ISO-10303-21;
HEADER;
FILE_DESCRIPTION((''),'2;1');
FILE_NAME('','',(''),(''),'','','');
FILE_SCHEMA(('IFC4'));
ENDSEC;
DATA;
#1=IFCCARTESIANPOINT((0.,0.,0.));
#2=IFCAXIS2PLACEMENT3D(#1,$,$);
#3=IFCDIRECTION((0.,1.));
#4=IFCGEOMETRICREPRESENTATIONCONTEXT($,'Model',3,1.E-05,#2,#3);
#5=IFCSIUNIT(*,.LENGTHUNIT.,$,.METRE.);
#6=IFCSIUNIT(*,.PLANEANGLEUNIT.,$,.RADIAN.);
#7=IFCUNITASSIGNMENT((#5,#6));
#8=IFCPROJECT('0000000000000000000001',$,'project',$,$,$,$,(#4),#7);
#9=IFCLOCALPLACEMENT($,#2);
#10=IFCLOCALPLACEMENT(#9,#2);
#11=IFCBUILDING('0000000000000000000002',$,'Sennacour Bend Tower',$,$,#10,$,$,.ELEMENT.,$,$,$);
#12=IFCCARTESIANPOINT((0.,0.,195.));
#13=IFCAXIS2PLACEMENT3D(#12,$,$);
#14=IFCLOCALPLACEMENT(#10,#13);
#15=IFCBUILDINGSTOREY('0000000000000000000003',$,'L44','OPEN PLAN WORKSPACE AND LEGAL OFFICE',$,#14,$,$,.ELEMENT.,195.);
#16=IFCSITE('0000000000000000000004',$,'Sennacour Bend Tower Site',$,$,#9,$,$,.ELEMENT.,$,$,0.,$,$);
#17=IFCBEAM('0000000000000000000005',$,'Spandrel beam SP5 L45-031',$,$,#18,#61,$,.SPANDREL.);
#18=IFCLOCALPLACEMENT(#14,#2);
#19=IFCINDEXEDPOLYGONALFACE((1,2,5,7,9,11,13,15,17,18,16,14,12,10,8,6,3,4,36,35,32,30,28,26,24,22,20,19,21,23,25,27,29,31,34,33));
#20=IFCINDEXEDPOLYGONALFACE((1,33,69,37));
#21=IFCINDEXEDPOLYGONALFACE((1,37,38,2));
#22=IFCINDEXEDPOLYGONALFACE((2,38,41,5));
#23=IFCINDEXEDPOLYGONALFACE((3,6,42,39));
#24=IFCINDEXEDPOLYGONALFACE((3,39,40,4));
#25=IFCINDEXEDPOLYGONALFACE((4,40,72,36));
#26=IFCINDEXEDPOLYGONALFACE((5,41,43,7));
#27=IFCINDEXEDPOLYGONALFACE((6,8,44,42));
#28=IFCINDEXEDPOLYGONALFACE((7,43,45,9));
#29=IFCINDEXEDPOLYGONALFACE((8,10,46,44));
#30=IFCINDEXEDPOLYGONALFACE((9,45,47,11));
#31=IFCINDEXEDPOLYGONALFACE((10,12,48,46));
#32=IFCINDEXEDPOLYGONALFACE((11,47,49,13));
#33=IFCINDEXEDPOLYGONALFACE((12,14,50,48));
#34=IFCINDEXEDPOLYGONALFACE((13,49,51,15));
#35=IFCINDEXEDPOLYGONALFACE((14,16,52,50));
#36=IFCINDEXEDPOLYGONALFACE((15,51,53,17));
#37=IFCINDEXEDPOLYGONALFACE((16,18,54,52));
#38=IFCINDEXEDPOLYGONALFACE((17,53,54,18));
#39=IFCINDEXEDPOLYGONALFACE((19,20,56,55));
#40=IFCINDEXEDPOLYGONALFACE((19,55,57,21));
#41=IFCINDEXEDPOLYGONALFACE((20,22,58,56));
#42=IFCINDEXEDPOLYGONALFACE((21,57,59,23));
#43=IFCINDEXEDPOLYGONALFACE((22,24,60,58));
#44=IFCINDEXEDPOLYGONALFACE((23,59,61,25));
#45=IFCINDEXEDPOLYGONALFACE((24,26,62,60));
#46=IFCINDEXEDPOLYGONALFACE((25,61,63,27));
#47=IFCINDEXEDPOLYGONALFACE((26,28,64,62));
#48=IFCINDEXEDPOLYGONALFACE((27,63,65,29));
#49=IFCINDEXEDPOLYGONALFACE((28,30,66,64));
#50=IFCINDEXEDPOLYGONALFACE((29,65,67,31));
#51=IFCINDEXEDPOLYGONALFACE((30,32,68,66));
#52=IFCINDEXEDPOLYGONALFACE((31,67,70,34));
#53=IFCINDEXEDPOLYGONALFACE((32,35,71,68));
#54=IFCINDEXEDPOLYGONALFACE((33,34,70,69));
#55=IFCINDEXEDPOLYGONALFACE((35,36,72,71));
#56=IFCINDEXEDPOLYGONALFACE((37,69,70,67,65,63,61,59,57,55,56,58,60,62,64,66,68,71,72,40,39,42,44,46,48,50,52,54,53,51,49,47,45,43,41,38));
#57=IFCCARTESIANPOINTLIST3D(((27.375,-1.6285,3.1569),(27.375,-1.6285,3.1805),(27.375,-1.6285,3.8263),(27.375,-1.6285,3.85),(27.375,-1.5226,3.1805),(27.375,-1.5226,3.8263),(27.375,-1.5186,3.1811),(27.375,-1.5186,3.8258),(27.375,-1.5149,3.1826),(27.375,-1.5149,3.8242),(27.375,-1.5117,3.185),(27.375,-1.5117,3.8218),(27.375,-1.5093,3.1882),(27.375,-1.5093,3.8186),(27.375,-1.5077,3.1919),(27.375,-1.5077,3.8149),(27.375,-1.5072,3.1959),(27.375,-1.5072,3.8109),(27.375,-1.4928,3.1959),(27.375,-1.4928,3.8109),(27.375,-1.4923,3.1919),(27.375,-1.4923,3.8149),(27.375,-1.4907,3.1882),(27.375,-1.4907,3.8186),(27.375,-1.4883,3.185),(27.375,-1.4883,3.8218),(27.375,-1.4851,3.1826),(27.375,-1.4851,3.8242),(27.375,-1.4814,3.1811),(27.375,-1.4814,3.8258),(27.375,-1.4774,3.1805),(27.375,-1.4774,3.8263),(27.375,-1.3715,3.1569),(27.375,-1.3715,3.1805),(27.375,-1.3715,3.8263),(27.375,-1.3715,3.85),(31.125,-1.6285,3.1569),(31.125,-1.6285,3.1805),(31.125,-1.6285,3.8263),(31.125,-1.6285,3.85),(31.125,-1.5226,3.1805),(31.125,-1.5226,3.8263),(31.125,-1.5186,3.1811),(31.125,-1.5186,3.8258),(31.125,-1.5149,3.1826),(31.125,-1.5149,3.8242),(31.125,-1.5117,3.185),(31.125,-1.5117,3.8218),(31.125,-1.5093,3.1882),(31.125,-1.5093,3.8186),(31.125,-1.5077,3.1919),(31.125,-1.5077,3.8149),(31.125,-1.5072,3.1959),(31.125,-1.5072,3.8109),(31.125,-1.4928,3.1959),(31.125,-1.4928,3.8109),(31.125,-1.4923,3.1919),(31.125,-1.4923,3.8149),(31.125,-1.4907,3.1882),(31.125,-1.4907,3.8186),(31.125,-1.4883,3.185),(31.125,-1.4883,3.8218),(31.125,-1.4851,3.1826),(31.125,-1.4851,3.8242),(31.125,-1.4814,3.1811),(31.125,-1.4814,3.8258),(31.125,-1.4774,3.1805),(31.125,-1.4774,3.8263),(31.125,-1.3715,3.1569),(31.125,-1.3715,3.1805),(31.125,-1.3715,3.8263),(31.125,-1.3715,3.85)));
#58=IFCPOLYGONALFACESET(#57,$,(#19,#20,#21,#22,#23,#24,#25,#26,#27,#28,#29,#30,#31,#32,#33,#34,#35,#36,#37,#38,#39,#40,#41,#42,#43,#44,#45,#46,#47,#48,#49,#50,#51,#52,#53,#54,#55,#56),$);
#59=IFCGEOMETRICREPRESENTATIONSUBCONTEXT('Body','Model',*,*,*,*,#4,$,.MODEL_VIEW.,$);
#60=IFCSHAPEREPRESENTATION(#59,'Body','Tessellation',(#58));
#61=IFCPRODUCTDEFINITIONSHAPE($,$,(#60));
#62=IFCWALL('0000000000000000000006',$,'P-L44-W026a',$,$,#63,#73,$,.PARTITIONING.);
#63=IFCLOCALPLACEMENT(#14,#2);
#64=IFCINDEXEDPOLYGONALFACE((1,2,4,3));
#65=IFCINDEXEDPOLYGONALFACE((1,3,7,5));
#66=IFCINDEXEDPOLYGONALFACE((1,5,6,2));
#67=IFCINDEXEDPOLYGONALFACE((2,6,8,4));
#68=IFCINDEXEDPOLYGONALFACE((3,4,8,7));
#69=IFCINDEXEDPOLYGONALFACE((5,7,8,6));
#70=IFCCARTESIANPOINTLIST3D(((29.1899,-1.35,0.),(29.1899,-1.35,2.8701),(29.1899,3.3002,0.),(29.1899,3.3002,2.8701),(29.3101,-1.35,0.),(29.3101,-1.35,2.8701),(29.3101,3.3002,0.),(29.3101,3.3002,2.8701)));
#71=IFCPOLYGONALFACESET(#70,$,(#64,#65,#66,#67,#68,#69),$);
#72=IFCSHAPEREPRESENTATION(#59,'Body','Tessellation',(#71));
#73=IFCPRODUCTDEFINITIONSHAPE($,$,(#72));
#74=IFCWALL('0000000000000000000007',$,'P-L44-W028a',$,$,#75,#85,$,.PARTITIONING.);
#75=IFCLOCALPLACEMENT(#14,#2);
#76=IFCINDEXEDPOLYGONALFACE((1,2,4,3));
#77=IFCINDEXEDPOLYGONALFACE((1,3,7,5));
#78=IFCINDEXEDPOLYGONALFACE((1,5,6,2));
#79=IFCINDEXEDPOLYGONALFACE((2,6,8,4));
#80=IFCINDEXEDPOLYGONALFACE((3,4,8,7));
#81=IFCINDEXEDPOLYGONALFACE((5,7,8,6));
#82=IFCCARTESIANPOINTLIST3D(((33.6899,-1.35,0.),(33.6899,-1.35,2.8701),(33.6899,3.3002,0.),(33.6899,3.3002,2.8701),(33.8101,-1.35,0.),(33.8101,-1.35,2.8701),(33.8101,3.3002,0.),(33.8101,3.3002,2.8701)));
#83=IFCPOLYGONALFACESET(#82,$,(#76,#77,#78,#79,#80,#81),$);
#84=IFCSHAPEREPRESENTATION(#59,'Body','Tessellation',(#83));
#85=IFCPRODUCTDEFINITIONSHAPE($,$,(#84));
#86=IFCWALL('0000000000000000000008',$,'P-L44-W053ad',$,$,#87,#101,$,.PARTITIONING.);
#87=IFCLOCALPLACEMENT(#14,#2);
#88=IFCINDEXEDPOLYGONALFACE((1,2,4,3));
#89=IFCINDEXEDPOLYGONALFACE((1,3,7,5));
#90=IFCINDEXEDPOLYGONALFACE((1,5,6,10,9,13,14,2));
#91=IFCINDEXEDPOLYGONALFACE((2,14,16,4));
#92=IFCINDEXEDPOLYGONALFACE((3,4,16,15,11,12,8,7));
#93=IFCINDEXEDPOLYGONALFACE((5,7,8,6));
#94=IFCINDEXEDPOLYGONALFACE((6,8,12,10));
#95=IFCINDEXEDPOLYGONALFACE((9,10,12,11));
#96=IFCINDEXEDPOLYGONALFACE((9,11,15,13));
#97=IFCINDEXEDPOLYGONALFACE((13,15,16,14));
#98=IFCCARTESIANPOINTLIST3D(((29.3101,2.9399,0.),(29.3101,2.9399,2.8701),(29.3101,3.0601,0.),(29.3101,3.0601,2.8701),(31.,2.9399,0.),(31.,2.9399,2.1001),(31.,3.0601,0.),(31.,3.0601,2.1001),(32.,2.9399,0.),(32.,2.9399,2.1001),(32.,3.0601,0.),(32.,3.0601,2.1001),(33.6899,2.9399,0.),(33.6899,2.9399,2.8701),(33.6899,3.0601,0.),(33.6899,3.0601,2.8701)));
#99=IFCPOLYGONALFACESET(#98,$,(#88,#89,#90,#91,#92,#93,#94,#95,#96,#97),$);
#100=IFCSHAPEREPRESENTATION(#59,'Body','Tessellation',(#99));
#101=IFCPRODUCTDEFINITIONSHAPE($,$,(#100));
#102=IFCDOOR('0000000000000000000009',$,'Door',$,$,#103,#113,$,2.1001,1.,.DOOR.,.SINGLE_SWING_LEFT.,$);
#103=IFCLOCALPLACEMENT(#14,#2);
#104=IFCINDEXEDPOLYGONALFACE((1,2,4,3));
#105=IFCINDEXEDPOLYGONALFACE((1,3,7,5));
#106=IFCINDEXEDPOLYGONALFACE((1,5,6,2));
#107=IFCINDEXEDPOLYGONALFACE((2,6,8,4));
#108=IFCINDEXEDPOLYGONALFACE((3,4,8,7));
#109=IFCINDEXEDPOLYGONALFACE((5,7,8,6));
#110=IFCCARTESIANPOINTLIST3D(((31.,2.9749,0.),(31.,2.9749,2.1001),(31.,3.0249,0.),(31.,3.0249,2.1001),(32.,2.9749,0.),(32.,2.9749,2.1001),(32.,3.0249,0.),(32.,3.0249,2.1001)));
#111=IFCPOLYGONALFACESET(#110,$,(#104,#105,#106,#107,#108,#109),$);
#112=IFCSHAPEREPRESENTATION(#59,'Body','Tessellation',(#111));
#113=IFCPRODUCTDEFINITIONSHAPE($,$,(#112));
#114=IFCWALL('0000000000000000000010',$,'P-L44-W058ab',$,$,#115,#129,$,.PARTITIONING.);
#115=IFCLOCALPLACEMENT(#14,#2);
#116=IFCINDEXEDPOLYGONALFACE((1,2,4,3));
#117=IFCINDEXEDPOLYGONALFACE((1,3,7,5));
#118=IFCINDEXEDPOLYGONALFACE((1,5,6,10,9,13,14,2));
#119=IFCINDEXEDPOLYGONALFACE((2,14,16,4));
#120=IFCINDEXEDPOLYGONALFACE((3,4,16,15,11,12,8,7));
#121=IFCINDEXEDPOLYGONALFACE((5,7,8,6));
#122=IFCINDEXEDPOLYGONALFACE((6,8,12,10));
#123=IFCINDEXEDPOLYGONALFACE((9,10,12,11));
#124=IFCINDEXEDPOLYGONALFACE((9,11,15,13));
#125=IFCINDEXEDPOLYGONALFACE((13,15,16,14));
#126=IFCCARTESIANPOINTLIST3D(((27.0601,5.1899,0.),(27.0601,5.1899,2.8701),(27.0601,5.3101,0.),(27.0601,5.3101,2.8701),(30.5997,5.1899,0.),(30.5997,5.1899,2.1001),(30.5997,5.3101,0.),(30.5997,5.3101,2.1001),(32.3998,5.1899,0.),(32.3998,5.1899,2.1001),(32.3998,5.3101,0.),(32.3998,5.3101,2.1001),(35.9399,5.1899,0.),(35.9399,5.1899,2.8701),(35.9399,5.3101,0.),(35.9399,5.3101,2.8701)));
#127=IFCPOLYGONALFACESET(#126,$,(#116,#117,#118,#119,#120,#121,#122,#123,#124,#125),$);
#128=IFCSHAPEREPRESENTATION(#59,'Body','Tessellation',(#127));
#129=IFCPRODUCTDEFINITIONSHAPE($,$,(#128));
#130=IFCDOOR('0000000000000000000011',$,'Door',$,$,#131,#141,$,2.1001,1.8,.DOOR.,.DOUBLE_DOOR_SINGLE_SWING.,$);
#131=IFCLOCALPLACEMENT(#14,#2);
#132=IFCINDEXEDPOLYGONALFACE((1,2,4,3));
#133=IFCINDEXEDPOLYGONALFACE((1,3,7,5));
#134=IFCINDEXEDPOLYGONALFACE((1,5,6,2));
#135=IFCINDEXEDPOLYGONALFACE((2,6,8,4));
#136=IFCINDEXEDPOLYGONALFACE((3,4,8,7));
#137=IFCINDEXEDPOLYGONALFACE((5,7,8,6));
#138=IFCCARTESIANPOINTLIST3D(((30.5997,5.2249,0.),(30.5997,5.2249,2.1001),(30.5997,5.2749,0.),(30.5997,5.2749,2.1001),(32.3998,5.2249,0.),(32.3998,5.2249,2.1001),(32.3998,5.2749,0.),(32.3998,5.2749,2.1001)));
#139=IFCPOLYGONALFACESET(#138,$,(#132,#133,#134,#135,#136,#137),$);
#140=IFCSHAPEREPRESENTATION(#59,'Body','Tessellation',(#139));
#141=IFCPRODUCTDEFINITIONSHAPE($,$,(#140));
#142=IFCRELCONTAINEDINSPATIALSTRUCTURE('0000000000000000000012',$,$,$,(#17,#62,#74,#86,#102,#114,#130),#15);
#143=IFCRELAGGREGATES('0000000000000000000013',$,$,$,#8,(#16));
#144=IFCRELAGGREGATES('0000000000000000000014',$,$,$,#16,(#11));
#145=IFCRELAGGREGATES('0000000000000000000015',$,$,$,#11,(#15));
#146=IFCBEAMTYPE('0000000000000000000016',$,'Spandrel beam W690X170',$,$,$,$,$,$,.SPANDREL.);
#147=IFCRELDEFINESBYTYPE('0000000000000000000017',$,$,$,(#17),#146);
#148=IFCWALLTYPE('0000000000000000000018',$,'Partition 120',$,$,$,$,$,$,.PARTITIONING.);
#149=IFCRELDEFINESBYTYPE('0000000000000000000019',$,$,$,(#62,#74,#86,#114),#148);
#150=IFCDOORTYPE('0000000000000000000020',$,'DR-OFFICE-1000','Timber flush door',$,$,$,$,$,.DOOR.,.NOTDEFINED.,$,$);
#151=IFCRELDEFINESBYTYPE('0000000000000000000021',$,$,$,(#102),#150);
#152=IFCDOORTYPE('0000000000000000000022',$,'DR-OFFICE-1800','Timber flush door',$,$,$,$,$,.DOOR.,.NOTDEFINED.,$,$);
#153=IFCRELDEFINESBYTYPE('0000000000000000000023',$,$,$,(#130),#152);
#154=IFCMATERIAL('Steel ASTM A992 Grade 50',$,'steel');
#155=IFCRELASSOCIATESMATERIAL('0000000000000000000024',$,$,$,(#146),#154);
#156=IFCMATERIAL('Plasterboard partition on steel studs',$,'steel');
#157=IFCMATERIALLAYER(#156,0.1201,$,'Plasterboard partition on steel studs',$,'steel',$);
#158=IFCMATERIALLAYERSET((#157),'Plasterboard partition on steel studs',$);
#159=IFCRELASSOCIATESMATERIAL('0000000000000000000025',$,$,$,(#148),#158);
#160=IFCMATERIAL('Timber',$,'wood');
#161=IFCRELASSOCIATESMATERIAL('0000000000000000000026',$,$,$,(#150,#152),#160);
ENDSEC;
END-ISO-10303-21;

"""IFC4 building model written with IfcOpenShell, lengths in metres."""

from ifc_helpers import new_model, si_unit, direction, frame, frame_2d, origin, origin_2d, place, context, subcontext, project, spatial, rectangle, i_section, extrude, material, layer, layer_set, material_profile, profile_set, type_object, element, fill, save


model = new_model("IFC4")

# Units and contexts
model_context = context("Model", 3, precision=1e-05, world=origin(), true_north=direction((0.0, 1.0)))
body_context = subcontext(model_context, "Body", "Model", "MODEL_VIEW")
ifc_project = project(units=[si_unit("LENGTHUNIT", "METRE"), si_unit("PLANEANGLEUNIT", "RADIAN")], contexts=[model_context])

# Site, building, storey
site_placement = place(None, origin())
site = spatial("IfcSite", under=ifc_project, at=site_placement, Name="Sennacour Bend Tower Site", CompositionType="ELEMENT", RefElevation=0.0)
building_placement = place(site_placement, origin())
building = spatial("IfcBuilding", under=site, at=building_placement, Name="Sennacour Bend Tower", CompositionType="ELEMENT")
storey_placement = place(building_placement, frame((0.0, 0.0, 195.0)))
storey = spatial("IfcBuildingStorey", under=building, at=storey_placement, Name="L44", Description="OPEN PLAN WORKSPACE AND LEGAL OFFICE", CompositionType="ELEMENT", Elevation=195.0)

# Beam
ifc_material_1 = material(Name="Steel ASTM A992 Grade 50", Category="steel")
ifc_material_profile_1 = material_profile(ifc_material_1, i_section(OverallWidth=0.2571, OverallDepth=0.6931, WebThickness=0.0144, FlangeThickness=0.0237, FilletRadius=0.0154, at=origin_2d()), Name="Steel ASTM A992 Grade 50", Category="steel")
ifc_profile_set_1 = profile_set([ifc_material_profile_1], Name="Steel ASTM A992 Grade 50")
beam_type_1 = type_object("IfcBeamType", Name="Spandrel beam W690X170", PredefinedType="SPANDREL", material=ifc_profile_set_1)
beam_1_placement = place(storey_placement, frame((31.125, -1.5, 3.5034), z_axis=(-1.0, 0.0, 0.0), x_axis=(0.0, -1.0, 0.0)))
element("IfcBeam", 1, at=beam_1_placement, inside=storey, type_object=beam_type_1, Name="Spandrel beam SP5 L45-031", PredefinedType="SPANDREL", context=body_context, shape_type="SweptSolid", body=[
    extrude(i_section(OverallWidth=0.2571, OverallDepth=0.6931, WebThickness=0.0144, FlangeThickness=0.0237, FilletRadius=0.0154, at=origin_2d()), origin(), (0.0, 0.0, 1.0), 3.75),
])

# Walls
ifc_material_2 = material(Name="Plasterboard partition on steel studs", Category="steel")
ifc_layer_1 = layer(ifc_material_2, 0.1201, Name="Plasterboard partition on steel studs", Category="steel")
ifc_layer_set_1 = layer_set([ifc_layer_1], Name="Plasterboard partition on steel studs")
wall_type_1 = type_object("IfcWallType", Name="Partition 120", PredefinedType="PARTITIONING", material=ifc_layer_set_1)
for number, where, z_axis, x_axis, name in (
    (2, (29.25, -1.3501, 0.0), (0.0, 0.0, 1.0), (0.0, 1.0, 0.0), "P-L44-W026a"),
    (3, (33.75, -1.3501, 0.0), (0.0, 0.0, 1.0), (0.0, 1.0, 0.0), "P-L44-W028a"),
):
    element("IfcWall", number, at=place(storey_placement, frame(where, z_axis=z_axis, x_axis=x_axis)), inside=storey, type_object=wall_type_1, Name=name, PredefinedType="PARTITIONING", context=body_context, shape_type="SweptSolid", body=[
        extrude(rectangle(XDim=4.6501, YDim=0.1201, at=frame_2d((2.3252, 0.0))), origin(), (0.0, 0.0, 1.0), 2.8701),
    ])

# Walls, openings, doors
wall_1_placement = place(storey_placement, frame((29.3101, 3.0, 0.0), z_axis=(0.0, 0.0, 1.0), x_axis=(1.0, 0.0, 0.0)))
wall_1 = element("IfcWall", 4, at=wall_1_placement, inside=storey, type_object=wall_type_1, Name="P-L44-W053ad", PredefinedType="PARTITIONING", context=body_context, shape_type="SweptSolid", body=[
    extrude(rectangle(XDim=4.3799, YDim=0.1201, at=frame_2d((2.1899, 0.0))), origin(), (0.0, 0.0, 1.0), 2.8701),
])
opening_1_placement = place(wall_1_placement, frame((1.6899, 0.0, 0.0)))
opening_1 = element("IfcOpeningElement", 5, at=opening_1_placement, cuts=wall_1, PredefinedType="OPENING", context=body_context, shape_type="SweptSolid", body=[
    extrude(rectangle(XDim=1.0, YDim=2.1001, at=frame_2d((0.5, 1.05))), frame((0.0, 0.0701, 0.0), z_axis=(0.0, -1.0, 0.0), x_axis=(1.0, 0.0, 0.0)), (0.0, 0.0, 1.0), 0.1401),
])
ifc_material_3 = material(Name="Timber", Category="wood")
door_type_1 = type_object("IfcDoorType", Name="DR-OFFICE-1000", Description="Timber flush door", OperationType="NOTDEFINED", PredefinedType="DOOR", material=ifc_material_3)
door_1_placement = place(opening_1_placement, origin())
door_1 = element("IfcDoor", 6, at=door_1_placement, inside=storey, type_object=door_type_1, Name="Door", OperationType="SINGLE_SWING_LEFT", OverallHeight=2.1001, OverallWidth=1.0, PredefinedType="DOOR", context=body_context, shape_type="SweptSolid", body=[
    extrude(rectangle(XDim=1.0, YDim=2.1001, at=frame_2d((0.5, 1.05))), frame((0.0, 0.0249, 0.0), z_axis=(0.0, -1.0, 0.0), x_axis=(1.0, 0.0, 0.0)), (0.0, 0.0, 1.0), 0.05),
])
fill(opening_1, door_1)
wall_2_placement = place(storey_placement, frame((27.0601, 5.25, 0.0), z_axis=(0.0, 0.0, 1.0), x_axis=(1.0, 0.0, 0.0)))
wall_2 = element("IfcWall", 7, at=wall_2_placement, inside=storey, type_object=wall_type_1, Name="P-L44-W058ab", PredefinedType="PARTITIONING", context=body_context, shape_type="SweptSolid", body=[
    extrude(rectangle(XDim=8.8799, YDim=0.1201, at=frame_2d((4.4399, 0.0))), origin(), (0.0, 0.0, 1.0), 2.8701),
])
opening_2_placement = place(wall_2_placement, frame((3.5398, 0.0, 0.0)))
opening_2 = element("IfcOpeningElement", 8, at=opening_2_placement, cuts=wall_2, PredefinedType="OPENING", context=body_context, shape_type="SweptSolid", body=[
    extrude(rectangle(XDim=1.8, YDim=2.1001, at=frame_2d((0.8999, 1.05))), frame((0.0, 0.0701, 0.0), z_axis=(0.0, -1.0, 0.0), x_axis=(1.0, 0.0, 0.0)), (0.0, 0.0, 1.0), 0.1401),
])
door_type_2 = type_object("IfcDoorType", Name="DR-OFFICE-1800", Description="Timber flush door", OperationType="NOTDEFINED", PredefinedType="DOOR", material=ifc_material_3)
door_2_placement = place(opening_2_placement, origin())
door_2 = element("IfcDoor", 9, at=door_2_placement, inside=storey, type_object=door_type_2, Name="Door", OperationType="DOUBLE_DOOR_SINGLE_SWING", OverallHeight=2.1001, OverallWidth=1.8, PredefinedType="DOOR", context=body_context, shape_type="SweptSolid", body=[
    extrude(rectangle(XDim=1.8, YDim=2.1001, at=frame_2d((0.8999, 1.05))), frame((0.0, 0.0249, 0.0), z_axis=(0.0, -1.0, 0.0), x_axis=(1.0, 0.0, 0.0)), (0.0, 0.0, 1.0), 0.05),
])
fill(opening_2, door_2)

save(model, "model.ifc")
